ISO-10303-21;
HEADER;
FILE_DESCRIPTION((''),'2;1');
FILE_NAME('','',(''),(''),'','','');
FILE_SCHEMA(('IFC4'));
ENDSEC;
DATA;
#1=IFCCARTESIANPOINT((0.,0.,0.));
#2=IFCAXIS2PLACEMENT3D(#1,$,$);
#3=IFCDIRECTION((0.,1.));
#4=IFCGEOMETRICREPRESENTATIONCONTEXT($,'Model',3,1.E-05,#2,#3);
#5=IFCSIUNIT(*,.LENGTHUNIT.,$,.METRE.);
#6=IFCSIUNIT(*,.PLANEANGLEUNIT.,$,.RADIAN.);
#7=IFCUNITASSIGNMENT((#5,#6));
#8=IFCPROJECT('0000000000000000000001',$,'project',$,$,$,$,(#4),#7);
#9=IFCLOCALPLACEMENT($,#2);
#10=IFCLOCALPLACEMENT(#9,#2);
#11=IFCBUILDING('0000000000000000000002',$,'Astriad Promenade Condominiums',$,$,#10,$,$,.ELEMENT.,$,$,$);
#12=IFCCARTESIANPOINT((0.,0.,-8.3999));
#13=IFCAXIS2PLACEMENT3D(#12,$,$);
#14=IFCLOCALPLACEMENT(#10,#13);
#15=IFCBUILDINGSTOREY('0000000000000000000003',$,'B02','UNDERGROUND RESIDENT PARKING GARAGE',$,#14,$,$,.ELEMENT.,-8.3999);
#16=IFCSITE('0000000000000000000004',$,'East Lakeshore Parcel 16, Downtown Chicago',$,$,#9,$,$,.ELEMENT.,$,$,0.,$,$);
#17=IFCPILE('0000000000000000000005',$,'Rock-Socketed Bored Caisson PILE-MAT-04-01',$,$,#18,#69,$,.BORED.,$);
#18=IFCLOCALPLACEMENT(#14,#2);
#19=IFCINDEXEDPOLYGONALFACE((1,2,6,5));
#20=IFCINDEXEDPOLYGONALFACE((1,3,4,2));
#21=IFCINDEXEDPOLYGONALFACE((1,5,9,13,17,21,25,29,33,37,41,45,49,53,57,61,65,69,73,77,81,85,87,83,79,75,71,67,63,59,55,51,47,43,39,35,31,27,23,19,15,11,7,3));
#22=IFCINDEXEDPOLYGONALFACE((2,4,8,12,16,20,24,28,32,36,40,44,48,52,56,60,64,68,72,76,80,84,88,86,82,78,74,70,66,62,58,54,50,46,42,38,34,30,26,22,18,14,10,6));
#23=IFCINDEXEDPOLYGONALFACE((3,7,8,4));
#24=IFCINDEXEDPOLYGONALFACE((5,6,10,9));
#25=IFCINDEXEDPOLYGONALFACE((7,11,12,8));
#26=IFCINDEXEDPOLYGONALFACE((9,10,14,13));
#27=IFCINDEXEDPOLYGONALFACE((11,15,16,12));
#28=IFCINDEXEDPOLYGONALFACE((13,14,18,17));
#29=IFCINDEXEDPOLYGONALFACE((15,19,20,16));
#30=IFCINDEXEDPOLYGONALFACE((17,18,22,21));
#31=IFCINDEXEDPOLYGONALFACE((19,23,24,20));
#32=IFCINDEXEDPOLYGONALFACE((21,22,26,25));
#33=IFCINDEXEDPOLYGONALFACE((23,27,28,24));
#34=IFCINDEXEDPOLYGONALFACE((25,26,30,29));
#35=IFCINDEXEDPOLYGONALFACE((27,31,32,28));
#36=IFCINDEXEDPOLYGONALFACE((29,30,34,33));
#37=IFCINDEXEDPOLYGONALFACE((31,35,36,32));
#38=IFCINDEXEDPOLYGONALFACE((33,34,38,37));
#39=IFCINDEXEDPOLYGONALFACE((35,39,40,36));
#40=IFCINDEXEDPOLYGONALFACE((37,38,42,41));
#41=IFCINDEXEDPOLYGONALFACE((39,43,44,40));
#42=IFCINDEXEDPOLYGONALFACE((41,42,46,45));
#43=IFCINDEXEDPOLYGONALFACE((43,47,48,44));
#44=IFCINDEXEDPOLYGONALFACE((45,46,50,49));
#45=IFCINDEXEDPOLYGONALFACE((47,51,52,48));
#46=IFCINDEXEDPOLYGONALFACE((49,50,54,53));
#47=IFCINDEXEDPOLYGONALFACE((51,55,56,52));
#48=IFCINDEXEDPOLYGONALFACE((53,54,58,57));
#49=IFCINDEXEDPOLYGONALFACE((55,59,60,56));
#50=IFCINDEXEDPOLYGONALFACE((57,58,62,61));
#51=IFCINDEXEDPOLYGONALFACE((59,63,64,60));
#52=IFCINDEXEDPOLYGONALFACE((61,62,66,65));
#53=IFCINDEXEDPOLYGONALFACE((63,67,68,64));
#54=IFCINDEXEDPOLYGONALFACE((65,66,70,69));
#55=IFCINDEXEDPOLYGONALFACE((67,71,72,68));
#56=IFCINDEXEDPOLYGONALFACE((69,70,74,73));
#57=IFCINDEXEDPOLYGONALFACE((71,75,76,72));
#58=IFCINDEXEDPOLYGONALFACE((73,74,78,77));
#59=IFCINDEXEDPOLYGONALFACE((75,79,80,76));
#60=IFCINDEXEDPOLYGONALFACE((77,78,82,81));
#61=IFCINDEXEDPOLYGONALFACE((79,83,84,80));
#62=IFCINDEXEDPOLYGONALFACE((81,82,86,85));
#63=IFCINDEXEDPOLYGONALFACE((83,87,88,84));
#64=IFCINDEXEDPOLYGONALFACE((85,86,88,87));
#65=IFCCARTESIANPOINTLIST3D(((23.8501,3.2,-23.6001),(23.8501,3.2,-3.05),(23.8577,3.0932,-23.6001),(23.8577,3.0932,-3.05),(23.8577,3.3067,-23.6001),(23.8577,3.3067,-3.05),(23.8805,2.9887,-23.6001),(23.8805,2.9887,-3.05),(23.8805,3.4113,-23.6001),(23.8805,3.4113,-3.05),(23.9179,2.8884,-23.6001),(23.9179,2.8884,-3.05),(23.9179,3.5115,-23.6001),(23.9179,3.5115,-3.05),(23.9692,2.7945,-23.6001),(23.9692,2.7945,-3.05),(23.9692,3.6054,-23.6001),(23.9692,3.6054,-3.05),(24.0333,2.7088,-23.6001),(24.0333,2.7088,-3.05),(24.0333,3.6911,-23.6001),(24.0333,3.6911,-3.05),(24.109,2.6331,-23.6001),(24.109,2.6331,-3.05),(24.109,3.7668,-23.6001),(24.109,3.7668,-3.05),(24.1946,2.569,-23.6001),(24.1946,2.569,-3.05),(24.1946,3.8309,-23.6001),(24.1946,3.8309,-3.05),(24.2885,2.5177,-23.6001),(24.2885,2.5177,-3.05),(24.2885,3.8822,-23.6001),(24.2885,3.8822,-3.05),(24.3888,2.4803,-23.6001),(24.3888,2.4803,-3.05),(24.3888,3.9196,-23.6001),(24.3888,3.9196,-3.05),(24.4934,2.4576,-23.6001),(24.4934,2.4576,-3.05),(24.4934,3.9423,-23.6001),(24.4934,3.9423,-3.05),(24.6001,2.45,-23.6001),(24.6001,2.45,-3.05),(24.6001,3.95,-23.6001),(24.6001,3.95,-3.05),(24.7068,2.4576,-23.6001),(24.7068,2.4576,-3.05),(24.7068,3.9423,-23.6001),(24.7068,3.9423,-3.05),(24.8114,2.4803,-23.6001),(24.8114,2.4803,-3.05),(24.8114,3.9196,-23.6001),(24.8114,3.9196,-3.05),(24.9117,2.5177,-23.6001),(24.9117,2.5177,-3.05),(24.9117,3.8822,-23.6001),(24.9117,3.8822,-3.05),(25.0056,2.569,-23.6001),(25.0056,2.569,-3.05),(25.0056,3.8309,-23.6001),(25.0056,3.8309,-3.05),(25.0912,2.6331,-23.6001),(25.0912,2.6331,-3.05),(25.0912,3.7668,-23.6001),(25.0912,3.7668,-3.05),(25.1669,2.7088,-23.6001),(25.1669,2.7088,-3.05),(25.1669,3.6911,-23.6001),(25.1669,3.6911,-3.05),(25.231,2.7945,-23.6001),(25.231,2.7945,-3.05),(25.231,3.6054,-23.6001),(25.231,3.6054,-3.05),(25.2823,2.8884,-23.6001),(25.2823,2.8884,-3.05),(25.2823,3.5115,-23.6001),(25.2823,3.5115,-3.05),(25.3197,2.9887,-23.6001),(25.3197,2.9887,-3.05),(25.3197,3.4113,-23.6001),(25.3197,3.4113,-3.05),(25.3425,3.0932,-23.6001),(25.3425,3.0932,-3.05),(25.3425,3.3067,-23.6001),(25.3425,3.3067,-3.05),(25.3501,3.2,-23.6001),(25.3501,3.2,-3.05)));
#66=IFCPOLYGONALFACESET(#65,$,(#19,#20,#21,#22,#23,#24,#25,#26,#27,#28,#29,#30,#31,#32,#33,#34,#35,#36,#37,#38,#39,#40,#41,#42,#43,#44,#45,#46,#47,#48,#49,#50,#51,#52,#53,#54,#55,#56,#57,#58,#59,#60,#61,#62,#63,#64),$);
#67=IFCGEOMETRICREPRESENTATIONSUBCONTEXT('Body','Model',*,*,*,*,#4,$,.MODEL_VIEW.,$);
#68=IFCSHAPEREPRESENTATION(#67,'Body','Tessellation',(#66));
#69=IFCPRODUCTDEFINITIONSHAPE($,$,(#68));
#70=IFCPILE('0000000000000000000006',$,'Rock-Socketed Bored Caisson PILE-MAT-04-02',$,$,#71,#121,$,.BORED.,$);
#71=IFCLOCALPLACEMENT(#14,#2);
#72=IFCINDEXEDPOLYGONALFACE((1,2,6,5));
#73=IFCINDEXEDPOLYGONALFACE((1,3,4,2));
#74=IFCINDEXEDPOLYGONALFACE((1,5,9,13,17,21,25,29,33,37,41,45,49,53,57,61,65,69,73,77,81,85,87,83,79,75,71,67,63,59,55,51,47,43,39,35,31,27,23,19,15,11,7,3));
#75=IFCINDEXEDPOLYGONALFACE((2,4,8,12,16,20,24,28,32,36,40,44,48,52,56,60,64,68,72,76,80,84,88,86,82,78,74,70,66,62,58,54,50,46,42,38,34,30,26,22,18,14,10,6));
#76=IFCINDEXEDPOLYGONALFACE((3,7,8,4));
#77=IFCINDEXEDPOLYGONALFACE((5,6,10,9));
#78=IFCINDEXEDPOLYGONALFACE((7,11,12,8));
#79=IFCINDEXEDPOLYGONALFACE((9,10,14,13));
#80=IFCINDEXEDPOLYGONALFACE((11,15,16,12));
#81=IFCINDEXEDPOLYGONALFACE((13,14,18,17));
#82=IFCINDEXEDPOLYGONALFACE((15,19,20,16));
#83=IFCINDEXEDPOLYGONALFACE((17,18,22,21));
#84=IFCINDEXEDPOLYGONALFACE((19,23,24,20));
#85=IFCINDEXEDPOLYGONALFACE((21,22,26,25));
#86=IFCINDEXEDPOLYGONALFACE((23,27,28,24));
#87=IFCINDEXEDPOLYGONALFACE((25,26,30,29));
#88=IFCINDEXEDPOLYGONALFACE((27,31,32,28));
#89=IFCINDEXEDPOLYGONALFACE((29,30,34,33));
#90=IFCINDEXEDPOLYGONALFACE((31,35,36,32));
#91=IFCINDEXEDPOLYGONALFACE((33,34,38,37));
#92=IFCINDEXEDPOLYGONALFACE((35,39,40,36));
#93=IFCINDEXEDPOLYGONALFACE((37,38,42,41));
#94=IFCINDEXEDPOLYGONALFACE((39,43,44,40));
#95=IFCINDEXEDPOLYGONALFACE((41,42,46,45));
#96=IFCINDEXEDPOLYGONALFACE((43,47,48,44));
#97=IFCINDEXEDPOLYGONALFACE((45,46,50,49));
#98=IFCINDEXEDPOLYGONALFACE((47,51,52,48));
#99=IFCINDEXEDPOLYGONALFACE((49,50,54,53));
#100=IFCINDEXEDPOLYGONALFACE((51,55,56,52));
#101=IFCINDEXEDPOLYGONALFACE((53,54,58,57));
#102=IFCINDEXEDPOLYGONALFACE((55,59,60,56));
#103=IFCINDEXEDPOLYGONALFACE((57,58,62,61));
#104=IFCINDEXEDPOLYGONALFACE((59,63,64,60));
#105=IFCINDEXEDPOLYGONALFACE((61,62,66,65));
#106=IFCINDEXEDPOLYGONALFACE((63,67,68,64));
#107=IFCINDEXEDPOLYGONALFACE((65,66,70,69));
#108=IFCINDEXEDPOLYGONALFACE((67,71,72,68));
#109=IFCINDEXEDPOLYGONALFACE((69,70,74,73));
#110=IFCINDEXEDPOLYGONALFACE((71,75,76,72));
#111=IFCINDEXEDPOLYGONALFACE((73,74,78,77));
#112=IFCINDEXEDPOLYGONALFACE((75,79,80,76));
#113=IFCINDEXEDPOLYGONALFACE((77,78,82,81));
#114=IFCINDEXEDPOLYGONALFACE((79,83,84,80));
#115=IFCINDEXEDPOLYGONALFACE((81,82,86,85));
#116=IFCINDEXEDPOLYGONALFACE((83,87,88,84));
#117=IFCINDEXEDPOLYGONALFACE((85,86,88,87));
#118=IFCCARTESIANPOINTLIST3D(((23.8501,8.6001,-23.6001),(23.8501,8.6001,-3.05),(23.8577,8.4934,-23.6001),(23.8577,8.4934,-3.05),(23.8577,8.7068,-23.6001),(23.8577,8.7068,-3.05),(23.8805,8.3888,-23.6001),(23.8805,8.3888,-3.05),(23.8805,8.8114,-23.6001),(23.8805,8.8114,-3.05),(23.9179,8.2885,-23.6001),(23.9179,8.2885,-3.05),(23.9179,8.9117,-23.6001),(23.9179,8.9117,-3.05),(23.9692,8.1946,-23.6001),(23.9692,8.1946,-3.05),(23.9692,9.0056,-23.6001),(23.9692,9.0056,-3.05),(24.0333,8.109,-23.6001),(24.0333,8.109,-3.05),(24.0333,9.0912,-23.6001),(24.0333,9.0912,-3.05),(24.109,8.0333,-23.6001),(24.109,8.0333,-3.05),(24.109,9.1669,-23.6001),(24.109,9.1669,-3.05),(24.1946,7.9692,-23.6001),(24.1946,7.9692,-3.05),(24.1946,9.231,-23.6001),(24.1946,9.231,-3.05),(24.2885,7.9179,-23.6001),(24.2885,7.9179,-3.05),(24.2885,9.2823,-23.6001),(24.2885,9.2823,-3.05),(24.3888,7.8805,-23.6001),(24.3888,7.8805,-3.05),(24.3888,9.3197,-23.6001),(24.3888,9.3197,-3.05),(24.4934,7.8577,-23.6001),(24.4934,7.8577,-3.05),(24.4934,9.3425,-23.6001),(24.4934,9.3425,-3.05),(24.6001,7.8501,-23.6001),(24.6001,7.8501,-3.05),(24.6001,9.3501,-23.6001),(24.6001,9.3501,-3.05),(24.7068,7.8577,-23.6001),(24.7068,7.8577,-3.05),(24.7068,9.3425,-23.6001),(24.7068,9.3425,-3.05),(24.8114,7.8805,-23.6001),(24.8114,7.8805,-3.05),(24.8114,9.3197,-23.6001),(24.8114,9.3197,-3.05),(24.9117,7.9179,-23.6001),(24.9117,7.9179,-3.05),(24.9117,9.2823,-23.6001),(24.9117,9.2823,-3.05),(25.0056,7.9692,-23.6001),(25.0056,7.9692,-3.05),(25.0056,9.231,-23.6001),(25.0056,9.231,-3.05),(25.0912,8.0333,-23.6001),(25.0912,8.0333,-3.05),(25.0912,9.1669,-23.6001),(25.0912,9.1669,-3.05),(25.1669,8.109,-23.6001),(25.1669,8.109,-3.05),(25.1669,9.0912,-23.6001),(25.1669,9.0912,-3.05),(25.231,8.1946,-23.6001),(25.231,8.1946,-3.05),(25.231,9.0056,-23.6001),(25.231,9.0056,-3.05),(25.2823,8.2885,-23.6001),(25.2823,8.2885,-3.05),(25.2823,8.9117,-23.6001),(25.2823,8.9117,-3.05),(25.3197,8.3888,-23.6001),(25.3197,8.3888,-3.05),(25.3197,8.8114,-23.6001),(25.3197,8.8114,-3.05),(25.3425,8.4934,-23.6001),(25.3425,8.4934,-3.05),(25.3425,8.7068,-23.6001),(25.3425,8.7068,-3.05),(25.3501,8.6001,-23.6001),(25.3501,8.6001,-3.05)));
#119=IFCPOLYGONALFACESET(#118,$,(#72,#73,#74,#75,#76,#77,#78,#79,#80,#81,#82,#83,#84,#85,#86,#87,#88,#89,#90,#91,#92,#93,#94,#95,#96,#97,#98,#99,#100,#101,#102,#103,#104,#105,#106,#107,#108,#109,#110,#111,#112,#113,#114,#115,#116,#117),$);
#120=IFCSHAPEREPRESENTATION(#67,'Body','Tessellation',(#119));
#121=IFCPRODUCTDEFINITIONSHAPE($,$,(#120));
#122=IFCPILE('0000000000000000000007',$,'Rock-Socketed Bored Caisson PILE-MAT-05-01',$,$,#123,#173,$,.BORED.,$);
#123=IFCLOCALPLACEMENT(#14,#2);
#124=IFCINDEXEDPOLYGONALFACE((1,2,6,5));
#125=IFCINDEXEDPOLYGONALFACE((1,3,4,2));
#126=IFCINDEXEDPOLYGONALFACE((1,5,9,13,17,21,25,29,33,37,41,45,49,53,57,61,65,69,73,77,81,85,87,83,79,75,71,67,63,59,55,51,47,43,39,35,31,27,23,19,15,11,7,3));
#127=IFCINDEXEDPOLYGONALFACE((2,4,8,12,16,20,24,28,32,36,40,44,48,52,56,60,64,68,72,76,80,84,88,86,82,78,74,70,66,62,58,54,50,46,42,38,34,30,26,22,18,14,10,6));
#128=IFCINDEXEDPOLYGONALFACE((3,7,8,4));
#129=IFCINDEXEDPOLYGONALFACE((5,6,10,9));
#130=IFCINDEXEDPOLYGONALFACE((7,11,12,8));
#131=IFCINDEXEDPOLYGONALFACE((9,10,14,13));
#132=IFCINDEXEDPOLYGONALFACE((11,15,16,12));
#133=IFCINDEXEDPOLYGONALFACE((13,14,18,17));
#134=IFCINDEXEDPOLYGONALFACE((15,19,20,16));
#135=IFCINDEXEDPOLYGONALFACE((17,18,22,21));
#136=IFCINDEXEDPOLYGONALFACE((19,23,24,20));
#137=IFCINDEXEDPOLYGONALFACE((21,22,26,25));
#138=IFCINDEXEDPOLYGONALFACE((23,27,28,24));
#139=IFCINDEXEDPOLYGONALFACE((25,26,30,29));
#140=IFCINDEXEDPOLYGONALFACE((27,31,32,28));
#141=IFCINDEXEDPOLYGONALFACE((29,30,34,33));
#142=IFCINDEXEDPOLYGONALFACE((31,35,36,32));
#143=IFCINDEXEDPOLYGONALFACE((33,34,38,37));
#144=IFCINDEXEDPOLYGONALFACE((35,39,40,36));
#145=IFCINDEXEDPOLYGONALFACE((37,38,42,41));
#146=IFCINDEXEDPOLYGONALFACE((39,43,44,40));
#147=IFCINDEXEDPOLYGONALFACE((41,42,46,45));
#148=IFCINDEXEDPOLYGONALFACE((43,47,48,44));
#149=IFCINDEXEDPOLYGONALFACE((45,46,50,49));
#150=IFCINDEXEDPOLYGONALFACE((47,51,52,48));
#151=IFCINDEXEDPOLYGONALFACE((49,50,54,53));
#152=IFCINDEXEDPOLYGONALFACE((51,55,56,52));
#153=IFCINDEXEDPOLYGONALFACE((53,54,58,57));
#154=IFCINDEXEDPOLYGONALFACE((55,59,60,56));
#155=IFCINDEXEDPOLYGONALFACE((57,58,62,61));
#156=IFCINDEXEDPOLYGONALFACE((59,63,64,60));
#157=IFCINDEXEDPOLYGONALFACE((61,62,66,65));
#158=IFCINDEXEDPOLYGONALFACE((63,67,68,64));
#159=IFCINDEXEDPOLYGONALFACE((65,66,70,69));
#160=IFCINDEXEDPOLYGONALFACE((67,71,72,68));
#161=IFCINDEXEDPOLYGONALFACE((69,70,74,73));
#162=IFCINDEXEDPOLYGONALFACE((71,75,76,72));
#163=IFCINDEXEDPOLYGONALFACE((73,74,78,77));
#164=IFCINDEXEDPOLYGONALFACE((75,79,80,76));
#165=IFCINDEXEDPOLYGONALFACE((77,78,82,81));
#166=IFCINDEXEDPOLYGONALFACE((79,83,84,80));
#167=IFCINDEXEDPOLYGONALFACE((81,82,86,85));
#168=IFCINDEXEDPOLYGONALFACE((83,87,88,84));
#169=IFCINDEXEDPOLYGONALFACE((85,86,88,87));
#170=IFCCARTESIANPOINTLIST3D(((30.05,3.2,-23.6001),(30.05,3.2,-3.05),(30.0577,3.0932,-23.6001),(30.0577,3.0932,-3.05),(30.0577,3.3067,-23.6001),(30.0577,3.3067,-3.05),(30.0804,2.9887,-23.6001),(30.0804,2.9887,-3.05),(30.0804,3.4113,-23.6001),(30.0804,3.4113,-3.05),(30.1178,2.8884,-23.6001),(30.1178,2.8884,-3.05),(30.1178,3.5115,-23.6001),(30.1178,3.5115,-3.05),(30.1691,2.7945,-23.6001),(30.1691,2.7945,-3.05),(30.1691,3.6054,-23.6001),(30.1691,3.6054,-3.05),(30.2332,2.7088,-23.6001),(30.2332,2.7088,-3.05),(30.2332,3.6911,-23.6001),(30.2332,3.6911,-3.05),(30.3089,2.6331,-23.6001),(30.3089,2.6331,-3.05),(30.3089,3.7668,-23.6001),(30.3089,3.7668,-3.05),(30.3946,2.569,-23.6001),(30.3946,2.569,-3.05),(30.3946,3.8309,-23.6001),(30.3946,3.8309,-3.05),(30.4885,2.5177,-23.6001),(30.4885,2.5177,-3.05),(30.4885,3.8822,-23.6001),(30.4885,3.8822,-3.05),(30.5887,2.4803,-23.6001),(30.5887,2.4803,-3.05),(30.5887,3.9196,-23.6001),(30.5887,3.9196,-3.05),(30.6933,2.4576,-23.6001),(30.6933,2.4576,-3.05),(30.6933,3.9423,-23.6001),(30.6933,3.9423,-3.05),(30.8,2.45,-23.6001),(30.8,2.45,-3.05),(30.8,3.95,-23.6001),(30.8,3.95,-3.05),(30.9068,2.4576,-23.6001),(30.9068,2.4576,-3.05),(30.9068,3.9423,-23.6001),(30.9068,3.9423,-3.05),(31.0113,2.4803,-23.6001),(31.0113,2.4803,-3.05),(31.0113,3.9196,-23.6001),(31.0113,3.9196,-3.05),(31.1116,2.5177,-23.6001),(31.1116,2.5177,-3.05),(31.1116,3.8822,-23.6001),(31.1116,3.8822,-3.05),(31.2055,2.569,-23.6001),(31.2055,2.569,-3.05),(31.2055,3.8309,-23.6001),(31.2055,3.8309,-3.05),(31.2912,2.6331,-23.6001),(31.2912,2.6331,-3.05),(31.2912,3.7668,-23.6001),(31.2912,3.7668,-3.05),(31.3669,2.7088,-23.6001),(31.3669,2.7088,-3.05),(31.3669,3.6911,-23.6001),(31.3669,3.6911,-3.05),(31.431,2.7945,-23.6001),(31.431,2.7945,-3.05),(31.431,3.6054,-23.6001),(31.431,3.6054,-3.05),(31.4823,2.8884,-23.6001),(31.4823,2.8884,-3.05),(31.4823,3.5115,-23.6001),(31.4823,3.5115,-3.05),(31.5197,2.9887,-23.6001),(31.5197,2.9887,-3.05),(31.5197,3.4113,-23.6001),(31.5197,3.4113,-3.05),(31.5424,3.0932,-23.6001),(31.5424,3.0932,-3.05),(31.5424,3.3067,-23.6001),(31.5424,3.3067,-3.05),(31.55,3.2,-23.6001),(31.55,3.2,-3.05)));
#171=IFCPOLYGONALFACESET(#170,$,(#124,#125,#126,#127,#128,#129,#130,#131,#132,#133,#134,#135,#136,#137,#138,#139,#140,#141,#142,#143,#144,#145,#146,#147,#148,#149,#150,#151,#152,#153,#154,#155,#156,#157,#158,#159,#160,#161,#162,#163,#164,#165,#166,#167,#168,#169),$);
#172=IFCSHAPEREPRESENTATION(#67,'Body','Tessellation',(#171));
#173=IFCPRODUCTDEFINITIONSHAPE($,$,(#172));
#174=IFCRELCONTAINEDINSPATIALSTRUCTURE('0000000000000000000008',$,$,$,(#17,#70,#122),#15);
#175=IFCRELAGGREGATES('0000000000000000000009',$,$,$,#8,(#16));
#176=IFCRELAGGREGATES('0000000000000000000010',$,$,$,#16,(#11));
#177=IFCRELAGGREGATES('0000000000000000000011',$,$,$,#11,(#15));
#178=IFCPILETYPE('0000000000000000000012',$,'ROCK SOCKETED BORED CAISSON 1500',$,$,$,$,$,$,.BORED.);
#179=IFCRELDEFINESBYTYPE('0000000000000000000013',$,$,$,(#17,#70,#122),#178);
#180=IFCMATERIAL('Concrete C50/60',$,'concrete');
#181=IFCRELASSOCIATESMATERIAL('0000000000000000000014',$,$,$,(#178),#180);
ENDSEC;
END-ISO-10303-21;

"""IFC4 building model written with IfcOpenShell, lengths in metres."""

from ifc_helpers import new_model, si_unit, direction, frame, origin, origin_2d, place, context, subcontext, project, spatial, circle, extrude, source, transform, mapped, material, material_profile, profile_set, type_object, type_shapes, element, save


model = new_model("IFC4")

# Units and contexts
model_context = context("Model", 3, precision=1e-05, world=origin(), true_north=direction((0.0, 1.0)))
body_context = subcontext(model_context, "Body", "Model", "MODEL_VIEW")
ifc_project = project(units=[si_unit("LENGTHUNIT", "METRE"), si_unit("PLANEANGLEUNIT", "RADIAN")], contexts=[model_context])

# Site, building, storey
site_placement = place(None, origin())
site = spatial("IfcSite", under=ifc_project, at=site_placement, Name="East Lakeshore Parcel 16, Downtown Chicago", CompositionType="ELEMENT", RefElevation=0.0)
building_placement = place(site_placement, origin())
building = spatial("IfcBuilding", under=site, at=building_placement, Name="Astriad Promenade Condominiums", CompositionType="ELEMENT")
storey_placement = place(building_placement, frame((0.0, 0.0, -8.3999)))
storey = spatial("IfcBuildingStorey", under=building, at=storey_placement, Name="B02", Description="UNDERGROUND RESIDENT PARKING GARAGE", CompositionType="ELEMENT", Elevation=-8.3999)

# Piles
ifc_material_1 = material(Name="Concrete C50/60", Category="concrete")
ifc_material_profile_1 = material_profile(ifc_material_1, circle(Radius=0.75, at=origin_2d()), Name="CAISSON-D1500")
ifc_profile_set_1 = profile_set([ifc_material_profile_1], Name="Concrete C50/60")
pile_type_1 = type_object("IfcPileType", Name="ROCK SOCKETED BORED CAISSON 1500", PredefinedType="BORED", material=ifc_profile_set_1)
shared_shape_1 = source(origin(), body_context, "Body", "SweptSolid", [
    extrude(circle(Radius=0.75, at=origin_2d()), origin(), (0.0, 0.0, 1.0), 20.55),
])
type_shapes(pile_type_1, [shared_shape_1])
for number, where, z_axis, x_axis, name in (
    (1, (24.6001, 3.2, -3.05), (0.0, 0.0, -1.0), (1.0, 0.0, 0.0), "Rock-Socketed Bored Caisson PILE-MAT-04-01"),
    (2, (24.6001, 8.6001, -3.05), (0.0, 0.0, -1.0), (1.0, 0.0, 0.0), "Rock-Socketed Bored Caisson PILE-MAT-04-02"),
    (3, (30.8, 3.2, -3.05), (0.0, 0.0, -1.0), (1.0, 0.0, 0.0), "Rock-Socketed Bored Caisson PILE-MAT-05-01"),
):
    element("IfcPile", number, at=place(storey_placement, frame(where, z_axis=z_axis, x_axis=x_axis)), inside=storey, type_object=pile_type_1, Name=name, PredefinedType="BORED", context=body_context, shape_type="MappedRepresentation", body=[
        mapped(shared_shape_1, transform((0.0, 0.0, 0.0), scale=1.0)),
    ])

save(model, "model.ifc")
